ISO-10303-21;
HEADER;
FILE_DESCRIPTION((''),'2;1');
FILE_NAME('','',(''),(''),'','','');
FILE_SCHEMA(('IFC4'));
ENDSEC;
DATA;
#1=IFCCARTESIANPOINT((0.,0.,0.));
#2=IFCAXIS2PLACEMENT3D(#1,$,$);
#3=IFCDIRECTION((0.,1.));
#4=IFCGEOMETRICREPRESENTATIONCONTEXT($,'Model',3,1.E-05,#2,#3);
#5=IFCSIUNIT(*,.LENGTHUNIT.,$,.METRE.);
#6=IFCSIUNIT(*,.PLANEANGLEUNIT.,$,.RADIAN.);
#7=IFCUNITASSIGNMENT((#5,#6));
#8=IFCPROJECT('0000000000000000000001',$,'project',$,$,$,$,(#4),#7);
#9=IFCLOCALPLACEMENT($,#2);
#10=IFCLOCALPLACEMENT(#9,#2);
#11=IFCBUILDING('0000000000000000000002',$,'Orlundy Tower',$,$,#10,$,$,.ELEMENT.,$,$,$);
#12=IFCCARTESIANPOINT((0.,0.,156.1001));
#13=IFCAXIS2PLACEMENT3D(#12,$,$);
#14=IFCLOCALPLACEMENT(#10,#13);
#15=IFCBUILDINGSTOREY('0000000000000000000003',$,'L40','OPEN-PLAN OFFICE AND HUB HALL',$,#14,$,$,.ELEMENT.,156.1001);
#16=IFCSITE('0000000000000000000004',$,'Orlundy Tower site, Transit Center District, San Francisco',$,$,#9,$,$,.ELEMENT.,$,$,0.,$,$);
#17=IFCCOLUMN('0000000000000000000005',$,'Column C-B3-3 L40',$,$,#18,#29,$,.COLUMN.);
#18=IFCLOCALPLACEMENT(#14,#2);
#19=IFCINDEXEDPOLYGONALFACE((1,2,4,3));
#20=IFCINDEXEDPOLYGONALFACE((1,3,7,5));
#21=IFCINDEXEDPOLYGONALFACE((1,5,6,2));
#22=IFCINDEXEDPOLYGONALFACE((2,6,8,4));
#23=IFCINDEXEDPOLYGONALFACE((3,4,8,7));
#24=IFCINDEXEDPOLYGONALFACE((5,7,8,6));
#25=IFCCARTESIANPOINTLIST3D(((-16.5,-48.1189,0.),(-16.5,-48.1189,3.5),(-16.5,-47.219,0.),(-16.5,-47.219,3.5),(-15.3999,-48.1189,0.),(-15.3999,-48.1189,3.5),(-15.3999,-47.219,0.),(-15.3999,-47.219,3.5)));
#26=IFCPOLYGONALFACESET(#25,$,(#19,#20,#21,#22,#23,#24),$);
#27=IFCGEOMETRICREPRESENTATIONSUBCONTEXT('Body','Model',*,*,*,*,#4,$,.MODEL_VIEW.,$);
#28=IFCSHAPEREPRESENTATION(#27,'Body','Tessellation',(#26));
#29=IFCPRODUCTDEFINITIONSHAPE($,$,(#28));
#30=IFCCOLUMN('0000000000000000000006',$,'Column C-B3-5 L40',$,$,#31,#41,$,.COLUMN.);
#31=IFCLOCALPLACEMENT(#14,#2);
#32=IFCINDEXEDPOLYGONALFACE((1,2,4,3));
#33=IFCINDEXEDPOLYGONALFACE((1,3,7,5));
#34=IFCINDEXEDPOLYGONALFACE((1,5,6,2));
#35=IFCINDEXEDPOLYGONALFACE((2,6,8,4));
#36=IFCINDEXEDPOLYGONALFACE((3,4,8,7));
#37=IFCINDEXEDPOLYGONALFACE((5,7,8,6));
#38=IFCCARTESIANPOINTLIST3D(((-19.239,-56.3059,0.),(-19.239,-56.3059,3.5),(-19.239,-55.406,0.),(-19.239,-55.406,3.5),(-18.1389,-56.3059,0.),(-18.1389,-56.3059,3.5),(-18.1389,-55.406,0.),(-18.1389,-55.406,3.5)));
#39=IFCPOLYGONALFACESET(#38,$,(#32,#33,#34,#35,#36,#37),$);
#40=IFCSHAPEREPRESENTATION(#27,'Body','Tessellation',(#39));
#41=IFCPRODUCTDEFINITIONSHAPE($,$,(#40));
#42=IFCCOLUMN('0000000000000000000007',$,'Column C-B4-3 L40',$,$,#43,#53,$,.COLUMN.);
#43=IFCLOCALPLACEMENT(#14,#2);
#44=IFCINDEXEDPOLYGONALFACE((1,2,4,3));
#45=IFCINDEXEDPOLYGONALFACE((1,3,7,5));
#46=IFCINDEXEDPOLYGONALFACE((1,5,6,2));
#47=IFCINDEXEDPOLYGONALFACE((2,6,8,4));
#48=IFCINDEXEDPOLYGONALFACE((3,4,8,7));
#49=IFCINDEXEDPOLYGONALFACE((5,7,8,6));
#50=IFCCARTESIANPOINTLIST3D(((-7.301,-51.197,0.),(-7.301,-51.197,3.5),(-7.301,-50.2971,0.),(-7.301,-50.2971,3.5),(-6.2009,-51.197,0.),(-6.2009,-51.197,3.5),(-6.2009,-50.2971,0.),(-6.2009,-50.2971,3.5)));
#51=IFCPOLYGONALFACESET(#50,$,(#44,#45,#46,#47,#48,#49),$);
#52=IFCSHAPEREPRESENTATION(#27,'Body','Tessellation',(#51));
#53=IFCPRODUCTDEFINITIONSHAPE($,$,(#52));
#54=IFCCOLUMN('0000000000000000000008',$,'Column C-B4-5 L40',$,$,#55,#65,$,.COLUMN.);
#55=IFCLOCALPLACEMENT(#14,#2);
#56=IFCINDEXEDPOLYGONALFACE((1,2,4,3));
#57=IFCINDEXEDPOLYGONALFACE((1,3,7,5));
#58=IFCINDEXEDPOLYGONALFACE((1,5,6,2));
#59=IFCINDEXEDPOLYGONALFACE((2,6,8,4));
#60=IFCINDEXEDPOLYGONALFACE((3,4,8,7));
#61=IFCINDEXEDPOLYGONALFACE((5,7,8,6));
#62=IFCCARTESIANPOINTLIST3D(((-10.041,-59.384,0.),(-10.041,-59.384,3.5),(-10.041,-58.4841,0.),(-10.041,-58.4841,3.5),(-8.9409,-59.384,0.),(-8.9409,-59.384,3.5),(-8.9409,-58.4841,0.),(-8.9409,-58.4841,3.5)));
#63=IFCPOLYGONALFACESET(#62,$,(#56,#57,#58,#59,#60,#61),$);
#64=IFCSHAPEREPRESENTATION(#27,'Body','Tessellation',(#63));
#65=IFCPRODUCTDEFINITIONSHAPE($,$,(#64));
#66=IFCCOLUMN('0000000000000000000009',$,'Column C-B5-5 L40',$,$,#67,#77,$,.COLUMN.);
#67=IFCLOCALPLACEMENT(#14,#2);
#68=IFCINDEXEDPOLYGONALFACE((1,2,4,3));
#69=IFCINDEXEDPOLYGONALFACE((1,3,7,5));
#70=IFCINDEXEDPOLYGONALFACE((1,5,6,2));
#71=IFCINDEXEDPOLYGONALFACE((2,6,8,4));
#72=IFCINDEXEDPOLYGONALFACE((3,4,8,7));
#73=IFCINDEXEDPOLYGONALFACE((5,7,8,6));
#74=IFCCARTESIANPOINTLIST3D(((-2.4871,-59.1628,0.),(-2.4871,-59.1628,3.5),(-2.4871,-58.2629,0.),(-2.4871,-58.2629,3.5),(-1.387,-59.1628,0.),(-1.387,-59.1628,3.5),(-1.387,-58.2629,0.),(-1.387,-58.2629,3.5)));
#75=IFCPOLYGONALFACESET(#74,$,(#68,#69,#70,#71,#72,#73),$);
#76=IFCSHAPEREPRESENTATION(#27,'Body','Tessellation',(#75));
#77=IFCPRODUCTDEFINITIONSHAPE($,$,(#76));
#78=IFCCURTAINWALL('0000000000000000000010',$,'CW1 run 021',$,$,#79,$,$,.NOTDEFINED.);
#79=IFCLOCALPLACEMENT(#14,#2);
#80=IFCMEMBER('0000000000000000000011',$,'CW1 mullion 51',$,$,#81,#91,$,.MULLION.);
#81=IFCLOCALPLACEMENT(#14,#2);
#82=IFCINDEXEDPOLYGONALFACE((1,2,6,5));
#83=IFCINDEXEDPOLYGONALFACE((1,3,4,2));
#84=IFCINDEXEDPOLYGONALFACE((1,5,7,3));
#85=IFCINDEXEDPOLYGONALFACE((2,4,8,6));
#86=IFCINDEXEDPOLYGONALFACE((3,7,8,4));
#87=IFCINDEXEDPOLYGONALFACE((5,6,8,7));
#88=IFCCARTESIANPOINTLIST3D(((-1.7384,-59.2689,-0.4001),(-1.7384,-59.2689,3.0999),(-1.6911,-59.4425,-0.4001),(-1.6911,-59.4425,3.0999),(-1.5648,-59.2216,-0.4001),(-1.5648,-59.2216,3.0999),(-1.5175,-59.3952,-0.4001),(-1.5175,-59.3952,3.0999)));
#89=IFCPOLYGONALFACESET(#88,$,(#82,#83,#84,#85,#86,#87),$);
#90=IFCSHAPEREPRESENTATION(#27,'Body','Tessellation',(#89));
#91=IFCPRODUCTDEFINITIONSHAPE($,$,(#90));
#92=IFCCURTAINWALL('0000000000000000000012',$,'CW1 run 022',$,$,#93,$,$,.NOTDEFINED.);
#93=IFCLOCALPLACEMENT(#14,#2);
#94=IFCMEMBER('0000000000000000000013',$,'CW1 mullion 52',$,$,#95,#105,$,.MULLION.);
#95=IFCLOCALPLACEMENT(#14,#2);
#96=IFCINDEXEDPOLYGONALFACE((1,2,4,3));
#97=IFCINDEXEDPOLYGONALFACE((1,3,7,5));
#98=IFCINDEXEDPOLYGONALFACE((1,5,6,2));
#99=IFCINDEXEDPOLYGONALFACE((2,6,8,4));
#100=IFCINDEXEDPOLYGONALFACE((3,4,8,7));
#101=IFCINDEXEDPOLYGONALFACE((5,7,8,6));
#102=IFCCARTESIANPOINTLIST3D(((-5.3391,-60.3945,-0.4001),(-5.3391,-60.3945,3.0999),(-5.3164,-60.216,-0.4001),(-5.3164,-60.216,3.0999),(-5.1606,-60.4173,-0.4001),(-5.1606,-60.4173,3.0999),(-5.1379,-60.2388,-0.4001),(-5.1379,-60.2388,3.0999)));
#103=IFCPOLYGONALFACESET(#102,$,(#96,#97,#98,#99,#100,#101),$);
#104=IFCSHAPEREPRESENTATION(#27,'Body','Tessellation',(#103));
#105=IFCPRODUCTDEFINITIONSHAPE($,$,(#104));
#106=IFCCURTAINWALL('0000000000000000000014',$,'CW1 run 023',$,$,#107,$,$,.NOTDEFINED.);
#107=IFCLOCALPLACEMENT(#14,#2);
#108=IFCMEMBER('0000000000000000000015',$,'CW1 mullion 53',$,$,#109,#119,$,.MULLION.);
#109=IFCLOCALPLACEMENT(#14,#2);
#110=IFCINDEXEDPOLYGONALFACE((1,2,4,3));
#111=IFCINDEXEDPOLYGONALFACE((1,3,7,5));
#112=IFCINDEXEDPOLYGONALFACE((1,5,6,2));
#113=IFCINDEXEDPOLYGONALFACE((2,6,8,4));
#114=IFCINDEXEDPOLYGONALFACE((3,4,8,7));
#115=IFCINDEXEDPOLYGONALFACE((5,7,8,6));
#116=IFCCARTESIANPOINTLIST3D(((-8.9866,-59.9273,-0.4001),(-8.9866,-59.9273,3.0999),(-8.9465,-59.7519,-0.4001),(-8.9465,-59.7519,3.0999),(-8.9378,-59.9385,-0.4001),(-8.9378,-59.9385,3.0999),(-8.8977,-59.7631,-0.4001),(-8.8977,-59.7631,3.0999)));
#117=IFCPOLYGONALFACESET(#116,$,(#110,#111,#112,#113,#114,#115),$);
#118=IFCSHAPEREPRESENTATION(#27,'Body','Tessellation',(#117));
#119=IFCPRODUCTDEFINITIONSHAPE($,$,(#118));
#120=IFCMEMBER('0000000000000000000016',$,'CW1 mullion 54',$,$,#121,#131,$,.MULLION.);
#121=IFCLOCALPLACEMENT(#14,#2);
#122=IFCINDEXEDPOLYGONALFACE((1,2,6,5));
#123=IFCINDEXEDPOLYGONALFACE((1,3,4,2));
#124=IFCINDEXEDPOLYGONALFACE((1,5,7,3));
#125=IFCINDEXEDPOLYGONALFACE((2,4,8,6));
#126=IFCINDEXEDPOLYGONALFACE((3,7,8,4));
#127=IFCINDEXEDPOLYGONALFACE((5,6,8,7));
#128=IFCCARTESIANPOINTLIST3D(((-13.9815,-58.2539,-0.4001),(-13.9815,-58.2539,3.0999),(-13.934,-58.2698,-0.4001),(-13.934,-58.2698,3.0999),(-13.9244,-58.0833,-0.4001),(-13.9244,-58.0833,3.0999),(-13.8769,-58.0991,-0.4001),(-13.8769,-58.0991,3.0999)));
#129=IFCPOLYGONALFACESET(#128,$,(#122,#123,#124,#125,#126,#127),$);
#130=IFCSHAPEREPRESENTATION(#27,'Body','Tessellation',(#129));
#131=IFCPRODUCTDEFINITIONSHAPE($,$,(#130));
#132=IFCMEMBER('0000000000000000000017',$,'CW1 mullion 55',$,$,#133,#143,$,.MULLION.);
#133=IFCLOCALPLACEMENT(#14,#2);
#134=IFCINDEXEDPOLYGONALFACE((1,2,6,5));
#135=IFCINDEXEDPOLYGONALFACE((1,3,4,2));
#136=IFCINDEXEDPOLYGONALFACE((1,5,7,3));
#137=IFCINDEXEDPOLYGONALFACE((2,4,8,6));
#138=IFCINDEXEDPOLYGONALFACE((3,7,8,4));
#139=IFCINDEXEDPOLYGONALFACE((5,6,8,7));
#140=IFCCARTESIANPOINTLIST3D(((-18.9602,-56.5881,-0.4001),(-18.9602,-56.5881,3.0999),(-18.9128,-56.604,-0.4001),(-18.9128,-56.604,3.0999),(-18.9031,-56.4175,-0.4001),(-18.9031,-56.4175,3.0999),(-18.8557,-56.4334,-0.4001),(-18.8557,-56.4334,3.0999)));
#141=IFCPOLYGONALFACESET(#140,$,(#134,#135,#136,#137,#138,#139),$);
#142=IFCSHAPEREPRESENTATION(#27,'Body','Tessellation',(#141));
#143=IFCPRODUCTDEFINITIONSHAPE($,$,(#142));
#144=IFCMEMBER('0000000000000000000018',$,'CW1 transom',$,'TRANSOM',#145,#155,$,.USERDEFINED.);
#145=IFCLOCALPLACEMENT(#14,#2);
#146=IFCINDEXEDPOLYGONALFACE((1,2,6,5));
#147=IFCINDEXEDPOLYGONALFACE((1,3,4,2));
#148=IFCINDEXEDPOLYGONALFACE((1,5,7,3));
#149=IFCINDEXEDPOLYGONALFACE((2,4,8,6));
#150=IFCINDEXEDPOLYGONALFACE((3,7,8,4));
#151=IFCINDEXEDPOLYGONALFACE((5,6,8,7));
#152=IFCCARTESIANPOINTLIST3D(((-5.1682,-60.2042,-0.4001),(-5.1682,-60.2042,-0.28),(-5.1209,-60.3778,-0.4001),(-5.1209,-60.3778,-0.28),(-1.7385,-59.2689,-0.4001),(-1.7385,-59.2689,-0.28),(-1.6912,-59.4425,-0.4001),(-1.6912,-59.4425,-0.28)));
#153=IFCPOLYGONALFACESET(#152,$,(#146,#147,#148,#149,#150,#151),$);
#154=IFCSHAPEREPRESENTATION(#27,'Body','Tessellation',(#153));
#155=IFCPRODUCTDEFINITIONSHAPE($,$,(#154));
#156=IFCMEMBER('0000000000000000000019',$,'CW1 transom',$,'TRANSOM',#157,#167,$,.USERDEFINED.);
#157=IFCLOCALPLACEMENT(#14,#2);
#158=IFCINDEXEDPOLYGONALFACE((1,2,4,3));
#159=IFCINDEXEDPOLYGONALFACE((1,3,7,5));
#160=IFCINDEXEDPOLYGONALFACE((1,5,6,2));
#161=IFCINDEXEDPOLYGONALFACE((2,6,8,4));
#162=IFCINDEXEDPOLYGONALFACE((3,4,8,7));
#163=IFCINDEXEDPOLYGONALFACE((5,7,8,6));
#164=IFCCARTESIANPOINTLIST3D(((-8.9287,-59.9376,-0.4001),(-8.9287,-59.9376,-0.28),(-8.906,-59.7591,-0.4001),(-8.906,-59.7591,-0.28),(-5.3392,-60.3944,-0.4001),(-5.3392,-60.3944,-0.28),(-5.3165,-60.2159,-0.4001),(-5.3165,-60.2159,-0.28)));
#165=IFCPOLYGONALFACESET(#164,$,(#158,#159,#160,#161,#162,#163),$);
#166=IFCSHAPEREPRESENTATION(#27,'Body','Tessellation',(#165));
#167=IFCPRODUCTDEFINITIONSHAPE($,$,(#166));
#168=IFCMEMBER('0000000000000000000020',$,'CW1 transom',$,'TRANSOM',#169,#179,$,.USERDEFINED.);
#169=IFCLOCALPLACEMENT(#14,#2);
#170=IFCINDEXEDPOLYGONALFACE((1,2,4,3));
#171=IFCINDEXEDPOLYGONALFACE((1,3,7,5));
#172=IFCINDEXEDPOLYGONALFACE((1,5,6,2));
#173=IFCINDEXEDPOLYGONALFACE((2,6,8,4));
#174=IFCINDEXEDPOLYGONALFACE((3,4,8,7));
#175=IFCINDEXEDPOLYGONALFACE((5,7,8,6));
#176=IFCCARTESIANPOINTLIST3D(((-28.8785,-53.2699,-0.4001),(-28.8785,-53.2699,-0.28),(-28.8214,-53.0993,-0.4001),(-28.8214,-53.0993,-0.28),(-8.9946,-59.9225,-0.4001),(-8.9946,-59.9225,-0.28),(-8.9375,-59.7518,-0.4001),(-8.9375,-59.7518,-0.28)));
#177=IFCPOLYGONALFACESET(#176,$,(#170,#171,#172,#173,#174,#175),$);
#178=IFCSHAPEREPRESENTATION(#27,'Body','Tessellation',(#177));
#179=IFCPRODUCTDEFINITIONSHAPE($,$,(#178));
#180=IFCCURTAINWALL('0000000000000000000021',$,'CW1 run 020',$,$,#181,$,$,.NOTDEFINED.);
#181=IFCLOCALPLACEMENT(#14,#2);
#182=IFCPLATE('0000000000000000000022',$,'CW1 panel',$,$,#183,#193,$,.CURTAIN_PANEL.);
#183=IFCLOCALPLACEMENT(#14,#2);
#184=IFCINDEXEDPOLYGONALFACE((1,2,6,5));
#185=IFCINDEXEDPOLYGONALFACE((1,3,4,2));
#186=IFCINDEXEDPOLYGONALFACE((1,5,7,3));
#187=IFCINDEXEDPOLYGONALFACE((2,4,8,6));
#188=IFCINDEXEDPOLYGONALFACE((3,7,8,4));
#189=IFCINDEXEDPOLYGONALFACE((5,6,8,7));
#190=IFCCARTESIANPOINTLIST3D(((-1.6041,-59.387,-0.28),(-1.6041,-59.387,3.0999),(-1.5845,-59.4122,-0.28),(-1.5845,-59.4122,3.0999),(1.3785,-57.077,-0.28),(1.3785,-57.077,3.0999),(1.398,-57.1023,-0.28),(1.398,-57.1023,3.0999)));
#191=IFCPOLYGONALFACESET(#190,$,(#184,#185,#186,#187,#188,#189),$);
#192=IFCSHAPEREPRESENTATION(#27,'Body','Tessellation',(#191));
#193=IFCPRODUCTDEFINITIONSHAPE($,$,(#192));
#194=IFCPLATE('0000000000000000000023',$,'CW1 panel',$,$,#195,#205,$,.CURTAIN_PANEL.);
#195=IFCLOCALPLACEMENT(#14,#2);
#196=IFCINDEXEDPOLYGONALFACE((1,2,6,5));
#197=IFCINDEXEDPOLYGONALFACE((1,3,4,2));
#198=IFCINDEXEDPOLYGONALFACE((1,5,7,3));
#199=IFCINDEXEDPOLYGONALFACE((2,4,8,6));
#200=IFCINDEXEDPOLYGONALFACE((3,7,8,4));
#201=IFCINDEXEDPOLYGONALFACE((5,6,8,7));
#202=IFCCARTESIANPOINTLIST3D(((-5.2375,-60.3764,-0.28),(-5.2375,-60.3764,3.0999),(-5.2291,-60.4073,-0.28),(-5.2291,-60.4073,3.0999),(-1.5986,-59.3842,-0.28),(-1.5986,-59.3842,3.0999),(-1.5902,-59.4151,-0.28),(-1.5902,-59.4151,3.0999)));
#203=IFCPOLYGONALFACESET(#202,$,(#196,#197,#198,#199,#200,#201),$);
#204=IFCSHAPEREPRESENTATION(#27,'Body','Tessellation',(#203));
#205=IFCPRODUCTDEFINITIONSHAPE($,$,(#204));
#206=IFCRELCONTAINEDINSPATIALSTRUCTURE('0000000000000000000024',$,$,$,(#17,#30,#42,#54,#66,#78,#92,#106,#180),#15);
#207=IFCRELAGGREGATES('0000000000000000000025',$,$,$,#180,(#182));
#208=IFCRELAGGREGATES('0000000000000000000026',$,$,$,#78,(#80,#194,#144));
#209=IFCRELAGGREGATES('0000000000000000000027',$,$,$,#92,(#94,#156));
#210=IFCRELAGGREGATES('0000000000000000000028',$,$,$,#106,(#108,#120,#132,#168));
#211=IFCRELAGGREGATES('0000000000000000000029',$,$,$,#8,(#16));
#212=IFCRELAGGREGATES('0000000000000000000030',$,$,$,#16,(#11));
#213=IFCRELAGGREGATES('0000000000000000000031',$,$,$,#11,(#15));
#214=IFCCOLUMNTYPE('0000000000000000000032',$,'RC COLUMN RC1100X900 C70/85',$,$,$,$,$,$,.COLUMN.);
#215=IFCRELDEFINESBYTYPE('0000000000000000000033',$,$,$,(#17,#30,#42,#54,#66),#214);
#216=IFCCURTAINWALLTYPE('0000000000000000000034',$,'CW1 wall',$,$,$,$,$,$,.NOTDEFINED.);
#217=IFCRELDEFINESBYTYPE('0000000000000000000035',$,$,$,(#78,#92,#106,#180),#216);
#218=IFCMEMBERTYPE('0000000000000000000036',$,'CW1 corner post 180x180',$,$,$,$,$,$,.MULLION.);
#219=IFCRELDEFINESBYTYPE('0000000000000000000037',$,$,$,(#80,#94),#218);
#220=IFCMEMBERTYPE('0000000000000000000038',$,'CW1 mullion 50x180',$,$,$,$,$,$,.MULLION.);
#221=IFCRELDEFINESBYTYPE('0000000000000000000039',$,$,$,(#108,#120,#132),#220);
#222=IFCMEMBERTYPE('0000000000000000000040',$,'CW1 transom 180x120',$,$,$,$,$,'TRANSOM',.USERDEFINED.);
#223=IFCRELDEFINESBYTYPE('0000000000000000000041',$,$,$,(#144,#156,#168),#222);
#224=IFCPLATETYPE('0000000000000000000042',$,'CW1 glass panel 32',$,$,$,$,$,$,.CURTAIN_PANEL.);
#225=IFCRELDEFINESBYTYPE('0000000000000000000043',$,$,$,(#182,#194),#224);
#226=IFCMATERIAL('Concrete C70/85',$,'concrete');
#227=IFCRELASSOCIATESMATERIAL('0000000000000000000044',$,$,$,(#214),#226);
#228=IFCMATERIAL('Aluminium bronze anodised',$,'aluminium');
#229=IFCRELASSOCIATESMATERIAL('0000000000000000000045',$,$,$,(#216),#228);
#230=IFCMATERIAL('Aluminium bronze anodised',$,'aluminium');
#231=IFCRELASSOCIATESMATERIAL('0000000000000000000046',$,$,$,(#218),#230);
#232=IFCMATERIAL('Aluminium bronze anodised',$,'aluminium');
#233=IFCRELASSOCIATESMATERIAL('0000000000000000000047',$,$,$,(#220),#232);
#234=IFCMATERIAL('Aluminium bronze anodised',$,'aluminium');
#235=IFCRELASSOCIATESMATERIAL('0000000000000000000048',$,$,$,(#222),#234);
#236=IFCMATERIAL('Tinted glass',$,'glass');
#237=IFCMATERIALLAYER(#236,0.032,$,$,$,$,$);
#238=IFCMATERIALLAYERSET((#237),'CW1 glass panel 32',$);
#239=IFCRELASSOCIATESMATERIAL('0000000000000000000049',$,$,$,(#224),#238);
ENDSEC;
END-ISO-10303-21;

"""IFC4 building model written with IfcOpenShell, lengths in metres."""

from ifc_helpers import new_model, si_unit, direction, frame, origin, origin_2d, place, context, subcontext, project, spatial, rectangle, extrude, material, layer, layer_set, material_profile, profile_set, type_object, element, aggregate, save


model = new_model("IFC4")

# Units and contexts
model_context = context("Model", 3, precision=1e-05, world=origin(), true_north=direction((0.0, 1.0)))
body_context = subcontext(model_context, "Body", "Model", "MODEL_VIEW")
ifc_project = project(units=[si_unit("LENGTHUNIT", "METRE"), si_unit("PLANEANGLEUNIT", "RADIAN")], contexts=[model_context])

# Site, building, storey
site_placement = place(None, origin())
site = spatial("IfcSite", under=ifc_project, at=site_placement, Name="Orlundy Tower site, Transit Center District, San Francisco", CompositionType="ELEMENT", RefElevation=0.0)
building_placement = place(site_placement, origin())
building = spatial("IfcBuilding", under=site, at=building_placement, Name="Orlundy Tower", CompositionType="ELEMENT")
storey_placement = place(building_placement, frame((0.0, 0.0, 156.1001)))
storey = spatial("IfcBuildingStorey", under=building, at=storey_placement, Name="L40", Description="OPEN-PLAN OFFICE AND HUB HALL", CompositionType="ELEMENT", Elevation=156.1001)

# Columns
ifc_material_1 = material(Name="Concrete C70/85", Category="concrete")
ifc_material_profile_1 = material_profile(ifc_material_1, rectangle(XDim=1.1001, YDim=0.8999, at=origin_2d()), Name="RC1100X900")
ifc_profile_set_1 = profile_set([ifc_material_profile_1], Name="Concrete C70/85")
column_type = type_object("IfcColumnType", Name="RC COLUMN RC1100X900 C70/85", PredefinedType="COLUMN", material=ifc_profile_set_1)
for number, where, z_axis, x_axis, name in (
    (1, (-15.95, -47.6689, 0.0), (0.0, 0.0, 1.0), (1.0, 0.0, 0.0), "Column C-B3-3 L40"),
    (2, (-18.689, -55.856, 0.0), (0.0, 0.0, 1.0), (1.0, 0.0, 0.0), "Column C-B3-5 L40"),
    (3, (-6.751, -50.7471, 0.0), (0.0, 0.0, 1.0), (1.0, 0.0, 0.0), "Column C-B4-3 L40"),
    (4, (-9.491, -58.9341, 0.0), (0.0, 0.0, 1.0), (1.0, 0.0, 0.0), "Column C-B4-5 L40"),
    (5, (-1.937, -58.7129, 0.0), (0.0, 0.0, 1.0), (1.0, 0.0, 0.0), "Column C-B5-5 L40"),
):
    element("IfcColumn", number, at=place(storey_placement, frame(where, z_axis=z_axis, x_axis=x_axis)), inside=storey, type_object=column_type, Name=name, PredefinedType="COLUMN", context=body_context, shape_type="SweptSolid", body=[
        extrude(rectangle(XDim=1.1001, YDim=0.8999, at=origin_2d()), origin(), (0.0, 0.0, 1.0), 3.5),
    ])

# Curtain walls, members
ifc_material_2 = material(Name="Aluminium bronze anodised", Category="aluminium")
curtain_wall_type = type_object("IfcCurtainWallType", Name="CW1 wall", PredefinedType="NOTDEFINED", material=ifc_material_2)
curtain_wall_1_placement = place(storey_placement, origin())
curtain_wall_1 = element("IfcCurtainWall", 6, at=curtain_wall_1_placement, inside=storey, type_object=curtain_wall_type, Name="CW1 run 021", PredefinedType="NOTDEFINED")
ifc_material_3 = material(Name="Aluminium bronze anodised", Category="aluminium")
ifc_material_profile_2 = material_profile(ifc_material_3, rectangle(XDim=0.1799, YDim=0.1799, at=origin_2d()), Name="CW1 corner post 180x180")
ifc_profile_set_2 = profile_set([ifc_material_profile_2], Name="Aluminium bronze anodised")
member_type_1 = type_object("IfcMemberType", Name="CW1 corner post 180x180", PredefinedType="MULLION", material=ifc_profile_set_2)
member_1_placement = place(storey_placement, frame((-1.6279, -59.332, -0.4001), z_axis=(0.0, 0.0, 1.0), x_axis=(0.263049, -0.964782, 0.0)))
member_1 = element("IfcMember", 7, at=member_1_placement, type_object=member_type_1, Name="CW1 mullion 51", PredefinedType="MULLION", context=body_context, shape_type="SweptSolid", body=[
    extrude(rectangle(XDim=0.1799, YDim=0.1799, at=origin_2d()), origin(), (0.0, 0.0, 1.0), 3.5),
])
curtain_wall_2_placement = place(storey_placement, origin())
curtain_wall_2 = element("IfcCurtainWall", 8, at=curtain_wall_2_placement, inside=storey, type_object=curtain_wall_type, Name="CW1 run 022", PredefinedType="NOTDEFINED")
member_2_placement = place(storey_placement, frame((-5.2385, -60.3167, -0.4001), z_axis=(0.0, 0.0, 1.0), x_axis=(-0.126259, -0.991997, 0.0)))
member_2 = element("IfcMember", 9, at=member_2_placement, type_object=member_type_1, Name="CW1 mullion 52", PredefinedType="MULLION", context=body_context, shape_type="SweptSolid", body=[
    extrude(rectangle(XDim=0.1799, YDim=0.1799, at=origin_2d()), origin(), (0.0, 0.0, 1.0), 3.5),
])

# Curtain wall, members
curtain_wall_3_placement = place(storey_placement, origin())
curtain_wall_3 = element("IfcCurtainWall", 10, at=curtain_wall_3_placement, inside=storey, type_object=curtain_wall_type, Name="CW1 run 023", PredefinedType="NOTDEFINED")
ifc_material_4 = material(Name="Aluminium bronze anodised", Category="aluminium")
ifc_material_profile_3 = material_profile(ifc_material_4, rectangle(XDim=0.1799, YDim=0.05, at=origin_2d()), Name="CW1 mullion 50x180")
ifc_profile_set_3 = profile_set([ifc_material_profile_3], Name="Aluminium bronze anodised")
member_type_2 = type_object("IfcMemberType", Name="CW1 mullion 50x180", PredefinedType="MULLION", material=ifc_profile_set_3)
member_3_placement = place(storey_placement, frame((-8.9421, -59.8452, -0.4001), z_axis=(0.0, 0.0, 1.0), x_axis=(-0.222844, -0.974854, 0.0)))
member_3 = element("IfcMember", 11, at=member_3_placement, type_object=member_type_2, Name="CW1 mullion 53", PredefinedType="MULLION", context=body_context, shape_type="SweptSolid", body=[
    extrude(rectangle(XDim=0.1799, YDim=0.05, at=origin_2d()), origin(), (0.0, 0.0, 1.0), 3.5),
])
member_4_placement = place(storey_placement, frame((-13.9292, -58.1765, -0.4001), z_axis=(0.0, 0.0, 1.0), x_axis=(-0.317285, -0.94833, 0.0)))
member_4 = element("IfcMember", 12, at=member_4_placement, type_object=member_type_2, Name="CW1 mullion 54", PredefinedType="MULLION", context=body_context, shape_type="SweptSolid", body=[
    extrude(rectangle(XDim=0.1799, YDim=0.05, at=origin_2d()), origin(), (0.0, 0.0, 1.0), 3.5),
])
member_5_placement = place(storey_placement, frame((-18.908, -56.5107, -0.4001), z_axis=(0.0, 0.0, 1.0), x_axis=(-0.317285, -0.94833, 0.0)))
member_5 = element("IfcMember", 13, at=member_5_placement, type_object=member_type_2, Name="CW1 mullion 55", PredefinedType="MULLION", context=body_context, shape_type="SweptSolid", body=[
    extrude(rectangle(XDim=0.1799, YDim=0.05, at=origin_2d()), origin(), (0.0, 0.0, 1.0), 3.5),
])

# Members
ifc_material_5 = material(Name="Aluminium bronze anodised", Category="aluminium")
ifc_material_profile_4 = material_profile(ifc_material_5, rectangle(XDim=0.1799, YDim=0.1201, at=origin_2d()), Name="CW1 transom 180x120")
ifc_profile_set_4 = profile_set([ifc_material_profile_4], Name="Aluminium bronze anodised")
member_type_3 = type_object("IfcMemberType", Name="CW1 transom 180x120", ElementType="TRANSOM", PredefinedType="USERDEFINED", material=ifc_profile_set_4)
member_6_placement = place(storey_placement, frame((-1.7148, -59.3557, -0.3401), z_axis=(-0.964769, -0.2631, 0.0), x_axis=(0.2631, -0.964769, 0.0)))
member_6 = element("IfcMember", 14, at=member_6_placement, type_object=member_type_3, Name="CW1 transom", ObjectType="TRANSOM", PredefinedType="USERDEFINED", context=body_context, shape_type="SweptSolid", body=[
    extrude(rectangle(XDim=0.1799, YDim=0.1201, at=origin_2d()), origin(), (0.0, 0.0, 1.0), 3.5549),
])
member_7_placement = place(storey_placement, frame((-5.3279, -60.3052, -0.3401), z_axis=(-0.991999, 0.126243, 0.0), x_axis=(-0.126243, -0.991999, 0.0)))
member_7 = element("IfcMember", 15, at=member_7_placement, type_object=member_type_3, Name="CW1 transom", ObjectType="TRANSOM", PredefinedType="USERDEFINED", context=body_context, shape_type="SweptSolid", body=[
    extrude(rectangle(XDim=0.1799, YDim=0.1201, at=origin_2d()), origin(), (0.0, 0.0, 1.0), 3.6184),
])
member_8_placement = place(storey_placement, frame((-8.9661, -59.8372, -0.3401), z_axis=(-0.948331, 0.317283, 0.0), x_axis=(-0.317283, -0.948331, 0.0)))
member_8 = element("IfcMember", 16, at=member_8_placement, type_object=member_type_3, Name="CW1 transom", ObjectType="TRANSOM", PredefinedType="USERDEFINED", context=body_context, shape_type="SweptSolid", body=[
    extrude(rectangle(XDim=0.1799, YDim=0.1201, at=origin_2d()), origin(), (0.0, 0.0, 1.0), 20.9673),
])

# Curtain wall, plate
curtain_wall_4_placement = place(storey_placement, origin())
curtain_wall_4 = element("IfcCurtainWall", 17, at=curtain_wall_4_placement, inside=storey, type_object=curtain_wall_type, Name="CW1 run 020", PredefinedType="NOTDEFINED")
ifc_material_6 = material(Name="Tinted glass", Category="glass")
ifc_layer_1 = layer(ifc_material_6, 0.032)
ifc_layer_set_1 = layer_set([ifc_layer_1], Name="CW1 glass panel 32")
plate_type = type_object("IfcPlateType", Name="CW1 glass panel 32", PredefinedType="CURTAIN_PANEL", material=ifc_layer_set_1)
plate_1_placement = place(storey_placement, frame((-0.103, -58.2446, -0.28), z_axis=(0.0, 0.0, 1.0), x_axis=(-0.790614, -0.612315, 0.0)))
plate_1 = element("IfcPlate", 18, at=plate_1_placement, type_object=plate_type, Name="CW1 panel", PredefinedType="CURTAIN_PANEL", context=body_context, shape_type="SweptSolid", body=[
    extrude(rectangle(XDim=3.7725, YDim=0.032, at=origin_2d()), origin(), (0.0, 0.0, 1.0), 3.3799),
])
aggregate(curtain_wall_4, [plate_1])

# Plate
plate_2_placement = place(storey_placement, frame((-3.4138, -59.8958, -0.28), z_axis=(0.0, 0.0, 1.0), x_axis=(-0.964782, -0.263049, 0.0)))
plate_2 = element("IfcPlate", 19, at=plate_2_placement, type_object=plate_type, Name="CW1 panel", PredefinedType="CURTAIN_PANEL", context=body_context, shape_type="SweptSolid", body=[
    extrude(rectangle(XDim=3.7717, YDim=0.032, at=origin_2d()), origin(), (0.0, 0.0, 1.0), 3.3799),
])
aggregate(curtain_wall_1, [member_1, plate_2, member_6])
aggregate(curtain_wall_2, [member_2, member_7])
aggregate(curtain_wall_3, [member_3, member_4, member_5, member_8])

save(model, "model.ifc")
